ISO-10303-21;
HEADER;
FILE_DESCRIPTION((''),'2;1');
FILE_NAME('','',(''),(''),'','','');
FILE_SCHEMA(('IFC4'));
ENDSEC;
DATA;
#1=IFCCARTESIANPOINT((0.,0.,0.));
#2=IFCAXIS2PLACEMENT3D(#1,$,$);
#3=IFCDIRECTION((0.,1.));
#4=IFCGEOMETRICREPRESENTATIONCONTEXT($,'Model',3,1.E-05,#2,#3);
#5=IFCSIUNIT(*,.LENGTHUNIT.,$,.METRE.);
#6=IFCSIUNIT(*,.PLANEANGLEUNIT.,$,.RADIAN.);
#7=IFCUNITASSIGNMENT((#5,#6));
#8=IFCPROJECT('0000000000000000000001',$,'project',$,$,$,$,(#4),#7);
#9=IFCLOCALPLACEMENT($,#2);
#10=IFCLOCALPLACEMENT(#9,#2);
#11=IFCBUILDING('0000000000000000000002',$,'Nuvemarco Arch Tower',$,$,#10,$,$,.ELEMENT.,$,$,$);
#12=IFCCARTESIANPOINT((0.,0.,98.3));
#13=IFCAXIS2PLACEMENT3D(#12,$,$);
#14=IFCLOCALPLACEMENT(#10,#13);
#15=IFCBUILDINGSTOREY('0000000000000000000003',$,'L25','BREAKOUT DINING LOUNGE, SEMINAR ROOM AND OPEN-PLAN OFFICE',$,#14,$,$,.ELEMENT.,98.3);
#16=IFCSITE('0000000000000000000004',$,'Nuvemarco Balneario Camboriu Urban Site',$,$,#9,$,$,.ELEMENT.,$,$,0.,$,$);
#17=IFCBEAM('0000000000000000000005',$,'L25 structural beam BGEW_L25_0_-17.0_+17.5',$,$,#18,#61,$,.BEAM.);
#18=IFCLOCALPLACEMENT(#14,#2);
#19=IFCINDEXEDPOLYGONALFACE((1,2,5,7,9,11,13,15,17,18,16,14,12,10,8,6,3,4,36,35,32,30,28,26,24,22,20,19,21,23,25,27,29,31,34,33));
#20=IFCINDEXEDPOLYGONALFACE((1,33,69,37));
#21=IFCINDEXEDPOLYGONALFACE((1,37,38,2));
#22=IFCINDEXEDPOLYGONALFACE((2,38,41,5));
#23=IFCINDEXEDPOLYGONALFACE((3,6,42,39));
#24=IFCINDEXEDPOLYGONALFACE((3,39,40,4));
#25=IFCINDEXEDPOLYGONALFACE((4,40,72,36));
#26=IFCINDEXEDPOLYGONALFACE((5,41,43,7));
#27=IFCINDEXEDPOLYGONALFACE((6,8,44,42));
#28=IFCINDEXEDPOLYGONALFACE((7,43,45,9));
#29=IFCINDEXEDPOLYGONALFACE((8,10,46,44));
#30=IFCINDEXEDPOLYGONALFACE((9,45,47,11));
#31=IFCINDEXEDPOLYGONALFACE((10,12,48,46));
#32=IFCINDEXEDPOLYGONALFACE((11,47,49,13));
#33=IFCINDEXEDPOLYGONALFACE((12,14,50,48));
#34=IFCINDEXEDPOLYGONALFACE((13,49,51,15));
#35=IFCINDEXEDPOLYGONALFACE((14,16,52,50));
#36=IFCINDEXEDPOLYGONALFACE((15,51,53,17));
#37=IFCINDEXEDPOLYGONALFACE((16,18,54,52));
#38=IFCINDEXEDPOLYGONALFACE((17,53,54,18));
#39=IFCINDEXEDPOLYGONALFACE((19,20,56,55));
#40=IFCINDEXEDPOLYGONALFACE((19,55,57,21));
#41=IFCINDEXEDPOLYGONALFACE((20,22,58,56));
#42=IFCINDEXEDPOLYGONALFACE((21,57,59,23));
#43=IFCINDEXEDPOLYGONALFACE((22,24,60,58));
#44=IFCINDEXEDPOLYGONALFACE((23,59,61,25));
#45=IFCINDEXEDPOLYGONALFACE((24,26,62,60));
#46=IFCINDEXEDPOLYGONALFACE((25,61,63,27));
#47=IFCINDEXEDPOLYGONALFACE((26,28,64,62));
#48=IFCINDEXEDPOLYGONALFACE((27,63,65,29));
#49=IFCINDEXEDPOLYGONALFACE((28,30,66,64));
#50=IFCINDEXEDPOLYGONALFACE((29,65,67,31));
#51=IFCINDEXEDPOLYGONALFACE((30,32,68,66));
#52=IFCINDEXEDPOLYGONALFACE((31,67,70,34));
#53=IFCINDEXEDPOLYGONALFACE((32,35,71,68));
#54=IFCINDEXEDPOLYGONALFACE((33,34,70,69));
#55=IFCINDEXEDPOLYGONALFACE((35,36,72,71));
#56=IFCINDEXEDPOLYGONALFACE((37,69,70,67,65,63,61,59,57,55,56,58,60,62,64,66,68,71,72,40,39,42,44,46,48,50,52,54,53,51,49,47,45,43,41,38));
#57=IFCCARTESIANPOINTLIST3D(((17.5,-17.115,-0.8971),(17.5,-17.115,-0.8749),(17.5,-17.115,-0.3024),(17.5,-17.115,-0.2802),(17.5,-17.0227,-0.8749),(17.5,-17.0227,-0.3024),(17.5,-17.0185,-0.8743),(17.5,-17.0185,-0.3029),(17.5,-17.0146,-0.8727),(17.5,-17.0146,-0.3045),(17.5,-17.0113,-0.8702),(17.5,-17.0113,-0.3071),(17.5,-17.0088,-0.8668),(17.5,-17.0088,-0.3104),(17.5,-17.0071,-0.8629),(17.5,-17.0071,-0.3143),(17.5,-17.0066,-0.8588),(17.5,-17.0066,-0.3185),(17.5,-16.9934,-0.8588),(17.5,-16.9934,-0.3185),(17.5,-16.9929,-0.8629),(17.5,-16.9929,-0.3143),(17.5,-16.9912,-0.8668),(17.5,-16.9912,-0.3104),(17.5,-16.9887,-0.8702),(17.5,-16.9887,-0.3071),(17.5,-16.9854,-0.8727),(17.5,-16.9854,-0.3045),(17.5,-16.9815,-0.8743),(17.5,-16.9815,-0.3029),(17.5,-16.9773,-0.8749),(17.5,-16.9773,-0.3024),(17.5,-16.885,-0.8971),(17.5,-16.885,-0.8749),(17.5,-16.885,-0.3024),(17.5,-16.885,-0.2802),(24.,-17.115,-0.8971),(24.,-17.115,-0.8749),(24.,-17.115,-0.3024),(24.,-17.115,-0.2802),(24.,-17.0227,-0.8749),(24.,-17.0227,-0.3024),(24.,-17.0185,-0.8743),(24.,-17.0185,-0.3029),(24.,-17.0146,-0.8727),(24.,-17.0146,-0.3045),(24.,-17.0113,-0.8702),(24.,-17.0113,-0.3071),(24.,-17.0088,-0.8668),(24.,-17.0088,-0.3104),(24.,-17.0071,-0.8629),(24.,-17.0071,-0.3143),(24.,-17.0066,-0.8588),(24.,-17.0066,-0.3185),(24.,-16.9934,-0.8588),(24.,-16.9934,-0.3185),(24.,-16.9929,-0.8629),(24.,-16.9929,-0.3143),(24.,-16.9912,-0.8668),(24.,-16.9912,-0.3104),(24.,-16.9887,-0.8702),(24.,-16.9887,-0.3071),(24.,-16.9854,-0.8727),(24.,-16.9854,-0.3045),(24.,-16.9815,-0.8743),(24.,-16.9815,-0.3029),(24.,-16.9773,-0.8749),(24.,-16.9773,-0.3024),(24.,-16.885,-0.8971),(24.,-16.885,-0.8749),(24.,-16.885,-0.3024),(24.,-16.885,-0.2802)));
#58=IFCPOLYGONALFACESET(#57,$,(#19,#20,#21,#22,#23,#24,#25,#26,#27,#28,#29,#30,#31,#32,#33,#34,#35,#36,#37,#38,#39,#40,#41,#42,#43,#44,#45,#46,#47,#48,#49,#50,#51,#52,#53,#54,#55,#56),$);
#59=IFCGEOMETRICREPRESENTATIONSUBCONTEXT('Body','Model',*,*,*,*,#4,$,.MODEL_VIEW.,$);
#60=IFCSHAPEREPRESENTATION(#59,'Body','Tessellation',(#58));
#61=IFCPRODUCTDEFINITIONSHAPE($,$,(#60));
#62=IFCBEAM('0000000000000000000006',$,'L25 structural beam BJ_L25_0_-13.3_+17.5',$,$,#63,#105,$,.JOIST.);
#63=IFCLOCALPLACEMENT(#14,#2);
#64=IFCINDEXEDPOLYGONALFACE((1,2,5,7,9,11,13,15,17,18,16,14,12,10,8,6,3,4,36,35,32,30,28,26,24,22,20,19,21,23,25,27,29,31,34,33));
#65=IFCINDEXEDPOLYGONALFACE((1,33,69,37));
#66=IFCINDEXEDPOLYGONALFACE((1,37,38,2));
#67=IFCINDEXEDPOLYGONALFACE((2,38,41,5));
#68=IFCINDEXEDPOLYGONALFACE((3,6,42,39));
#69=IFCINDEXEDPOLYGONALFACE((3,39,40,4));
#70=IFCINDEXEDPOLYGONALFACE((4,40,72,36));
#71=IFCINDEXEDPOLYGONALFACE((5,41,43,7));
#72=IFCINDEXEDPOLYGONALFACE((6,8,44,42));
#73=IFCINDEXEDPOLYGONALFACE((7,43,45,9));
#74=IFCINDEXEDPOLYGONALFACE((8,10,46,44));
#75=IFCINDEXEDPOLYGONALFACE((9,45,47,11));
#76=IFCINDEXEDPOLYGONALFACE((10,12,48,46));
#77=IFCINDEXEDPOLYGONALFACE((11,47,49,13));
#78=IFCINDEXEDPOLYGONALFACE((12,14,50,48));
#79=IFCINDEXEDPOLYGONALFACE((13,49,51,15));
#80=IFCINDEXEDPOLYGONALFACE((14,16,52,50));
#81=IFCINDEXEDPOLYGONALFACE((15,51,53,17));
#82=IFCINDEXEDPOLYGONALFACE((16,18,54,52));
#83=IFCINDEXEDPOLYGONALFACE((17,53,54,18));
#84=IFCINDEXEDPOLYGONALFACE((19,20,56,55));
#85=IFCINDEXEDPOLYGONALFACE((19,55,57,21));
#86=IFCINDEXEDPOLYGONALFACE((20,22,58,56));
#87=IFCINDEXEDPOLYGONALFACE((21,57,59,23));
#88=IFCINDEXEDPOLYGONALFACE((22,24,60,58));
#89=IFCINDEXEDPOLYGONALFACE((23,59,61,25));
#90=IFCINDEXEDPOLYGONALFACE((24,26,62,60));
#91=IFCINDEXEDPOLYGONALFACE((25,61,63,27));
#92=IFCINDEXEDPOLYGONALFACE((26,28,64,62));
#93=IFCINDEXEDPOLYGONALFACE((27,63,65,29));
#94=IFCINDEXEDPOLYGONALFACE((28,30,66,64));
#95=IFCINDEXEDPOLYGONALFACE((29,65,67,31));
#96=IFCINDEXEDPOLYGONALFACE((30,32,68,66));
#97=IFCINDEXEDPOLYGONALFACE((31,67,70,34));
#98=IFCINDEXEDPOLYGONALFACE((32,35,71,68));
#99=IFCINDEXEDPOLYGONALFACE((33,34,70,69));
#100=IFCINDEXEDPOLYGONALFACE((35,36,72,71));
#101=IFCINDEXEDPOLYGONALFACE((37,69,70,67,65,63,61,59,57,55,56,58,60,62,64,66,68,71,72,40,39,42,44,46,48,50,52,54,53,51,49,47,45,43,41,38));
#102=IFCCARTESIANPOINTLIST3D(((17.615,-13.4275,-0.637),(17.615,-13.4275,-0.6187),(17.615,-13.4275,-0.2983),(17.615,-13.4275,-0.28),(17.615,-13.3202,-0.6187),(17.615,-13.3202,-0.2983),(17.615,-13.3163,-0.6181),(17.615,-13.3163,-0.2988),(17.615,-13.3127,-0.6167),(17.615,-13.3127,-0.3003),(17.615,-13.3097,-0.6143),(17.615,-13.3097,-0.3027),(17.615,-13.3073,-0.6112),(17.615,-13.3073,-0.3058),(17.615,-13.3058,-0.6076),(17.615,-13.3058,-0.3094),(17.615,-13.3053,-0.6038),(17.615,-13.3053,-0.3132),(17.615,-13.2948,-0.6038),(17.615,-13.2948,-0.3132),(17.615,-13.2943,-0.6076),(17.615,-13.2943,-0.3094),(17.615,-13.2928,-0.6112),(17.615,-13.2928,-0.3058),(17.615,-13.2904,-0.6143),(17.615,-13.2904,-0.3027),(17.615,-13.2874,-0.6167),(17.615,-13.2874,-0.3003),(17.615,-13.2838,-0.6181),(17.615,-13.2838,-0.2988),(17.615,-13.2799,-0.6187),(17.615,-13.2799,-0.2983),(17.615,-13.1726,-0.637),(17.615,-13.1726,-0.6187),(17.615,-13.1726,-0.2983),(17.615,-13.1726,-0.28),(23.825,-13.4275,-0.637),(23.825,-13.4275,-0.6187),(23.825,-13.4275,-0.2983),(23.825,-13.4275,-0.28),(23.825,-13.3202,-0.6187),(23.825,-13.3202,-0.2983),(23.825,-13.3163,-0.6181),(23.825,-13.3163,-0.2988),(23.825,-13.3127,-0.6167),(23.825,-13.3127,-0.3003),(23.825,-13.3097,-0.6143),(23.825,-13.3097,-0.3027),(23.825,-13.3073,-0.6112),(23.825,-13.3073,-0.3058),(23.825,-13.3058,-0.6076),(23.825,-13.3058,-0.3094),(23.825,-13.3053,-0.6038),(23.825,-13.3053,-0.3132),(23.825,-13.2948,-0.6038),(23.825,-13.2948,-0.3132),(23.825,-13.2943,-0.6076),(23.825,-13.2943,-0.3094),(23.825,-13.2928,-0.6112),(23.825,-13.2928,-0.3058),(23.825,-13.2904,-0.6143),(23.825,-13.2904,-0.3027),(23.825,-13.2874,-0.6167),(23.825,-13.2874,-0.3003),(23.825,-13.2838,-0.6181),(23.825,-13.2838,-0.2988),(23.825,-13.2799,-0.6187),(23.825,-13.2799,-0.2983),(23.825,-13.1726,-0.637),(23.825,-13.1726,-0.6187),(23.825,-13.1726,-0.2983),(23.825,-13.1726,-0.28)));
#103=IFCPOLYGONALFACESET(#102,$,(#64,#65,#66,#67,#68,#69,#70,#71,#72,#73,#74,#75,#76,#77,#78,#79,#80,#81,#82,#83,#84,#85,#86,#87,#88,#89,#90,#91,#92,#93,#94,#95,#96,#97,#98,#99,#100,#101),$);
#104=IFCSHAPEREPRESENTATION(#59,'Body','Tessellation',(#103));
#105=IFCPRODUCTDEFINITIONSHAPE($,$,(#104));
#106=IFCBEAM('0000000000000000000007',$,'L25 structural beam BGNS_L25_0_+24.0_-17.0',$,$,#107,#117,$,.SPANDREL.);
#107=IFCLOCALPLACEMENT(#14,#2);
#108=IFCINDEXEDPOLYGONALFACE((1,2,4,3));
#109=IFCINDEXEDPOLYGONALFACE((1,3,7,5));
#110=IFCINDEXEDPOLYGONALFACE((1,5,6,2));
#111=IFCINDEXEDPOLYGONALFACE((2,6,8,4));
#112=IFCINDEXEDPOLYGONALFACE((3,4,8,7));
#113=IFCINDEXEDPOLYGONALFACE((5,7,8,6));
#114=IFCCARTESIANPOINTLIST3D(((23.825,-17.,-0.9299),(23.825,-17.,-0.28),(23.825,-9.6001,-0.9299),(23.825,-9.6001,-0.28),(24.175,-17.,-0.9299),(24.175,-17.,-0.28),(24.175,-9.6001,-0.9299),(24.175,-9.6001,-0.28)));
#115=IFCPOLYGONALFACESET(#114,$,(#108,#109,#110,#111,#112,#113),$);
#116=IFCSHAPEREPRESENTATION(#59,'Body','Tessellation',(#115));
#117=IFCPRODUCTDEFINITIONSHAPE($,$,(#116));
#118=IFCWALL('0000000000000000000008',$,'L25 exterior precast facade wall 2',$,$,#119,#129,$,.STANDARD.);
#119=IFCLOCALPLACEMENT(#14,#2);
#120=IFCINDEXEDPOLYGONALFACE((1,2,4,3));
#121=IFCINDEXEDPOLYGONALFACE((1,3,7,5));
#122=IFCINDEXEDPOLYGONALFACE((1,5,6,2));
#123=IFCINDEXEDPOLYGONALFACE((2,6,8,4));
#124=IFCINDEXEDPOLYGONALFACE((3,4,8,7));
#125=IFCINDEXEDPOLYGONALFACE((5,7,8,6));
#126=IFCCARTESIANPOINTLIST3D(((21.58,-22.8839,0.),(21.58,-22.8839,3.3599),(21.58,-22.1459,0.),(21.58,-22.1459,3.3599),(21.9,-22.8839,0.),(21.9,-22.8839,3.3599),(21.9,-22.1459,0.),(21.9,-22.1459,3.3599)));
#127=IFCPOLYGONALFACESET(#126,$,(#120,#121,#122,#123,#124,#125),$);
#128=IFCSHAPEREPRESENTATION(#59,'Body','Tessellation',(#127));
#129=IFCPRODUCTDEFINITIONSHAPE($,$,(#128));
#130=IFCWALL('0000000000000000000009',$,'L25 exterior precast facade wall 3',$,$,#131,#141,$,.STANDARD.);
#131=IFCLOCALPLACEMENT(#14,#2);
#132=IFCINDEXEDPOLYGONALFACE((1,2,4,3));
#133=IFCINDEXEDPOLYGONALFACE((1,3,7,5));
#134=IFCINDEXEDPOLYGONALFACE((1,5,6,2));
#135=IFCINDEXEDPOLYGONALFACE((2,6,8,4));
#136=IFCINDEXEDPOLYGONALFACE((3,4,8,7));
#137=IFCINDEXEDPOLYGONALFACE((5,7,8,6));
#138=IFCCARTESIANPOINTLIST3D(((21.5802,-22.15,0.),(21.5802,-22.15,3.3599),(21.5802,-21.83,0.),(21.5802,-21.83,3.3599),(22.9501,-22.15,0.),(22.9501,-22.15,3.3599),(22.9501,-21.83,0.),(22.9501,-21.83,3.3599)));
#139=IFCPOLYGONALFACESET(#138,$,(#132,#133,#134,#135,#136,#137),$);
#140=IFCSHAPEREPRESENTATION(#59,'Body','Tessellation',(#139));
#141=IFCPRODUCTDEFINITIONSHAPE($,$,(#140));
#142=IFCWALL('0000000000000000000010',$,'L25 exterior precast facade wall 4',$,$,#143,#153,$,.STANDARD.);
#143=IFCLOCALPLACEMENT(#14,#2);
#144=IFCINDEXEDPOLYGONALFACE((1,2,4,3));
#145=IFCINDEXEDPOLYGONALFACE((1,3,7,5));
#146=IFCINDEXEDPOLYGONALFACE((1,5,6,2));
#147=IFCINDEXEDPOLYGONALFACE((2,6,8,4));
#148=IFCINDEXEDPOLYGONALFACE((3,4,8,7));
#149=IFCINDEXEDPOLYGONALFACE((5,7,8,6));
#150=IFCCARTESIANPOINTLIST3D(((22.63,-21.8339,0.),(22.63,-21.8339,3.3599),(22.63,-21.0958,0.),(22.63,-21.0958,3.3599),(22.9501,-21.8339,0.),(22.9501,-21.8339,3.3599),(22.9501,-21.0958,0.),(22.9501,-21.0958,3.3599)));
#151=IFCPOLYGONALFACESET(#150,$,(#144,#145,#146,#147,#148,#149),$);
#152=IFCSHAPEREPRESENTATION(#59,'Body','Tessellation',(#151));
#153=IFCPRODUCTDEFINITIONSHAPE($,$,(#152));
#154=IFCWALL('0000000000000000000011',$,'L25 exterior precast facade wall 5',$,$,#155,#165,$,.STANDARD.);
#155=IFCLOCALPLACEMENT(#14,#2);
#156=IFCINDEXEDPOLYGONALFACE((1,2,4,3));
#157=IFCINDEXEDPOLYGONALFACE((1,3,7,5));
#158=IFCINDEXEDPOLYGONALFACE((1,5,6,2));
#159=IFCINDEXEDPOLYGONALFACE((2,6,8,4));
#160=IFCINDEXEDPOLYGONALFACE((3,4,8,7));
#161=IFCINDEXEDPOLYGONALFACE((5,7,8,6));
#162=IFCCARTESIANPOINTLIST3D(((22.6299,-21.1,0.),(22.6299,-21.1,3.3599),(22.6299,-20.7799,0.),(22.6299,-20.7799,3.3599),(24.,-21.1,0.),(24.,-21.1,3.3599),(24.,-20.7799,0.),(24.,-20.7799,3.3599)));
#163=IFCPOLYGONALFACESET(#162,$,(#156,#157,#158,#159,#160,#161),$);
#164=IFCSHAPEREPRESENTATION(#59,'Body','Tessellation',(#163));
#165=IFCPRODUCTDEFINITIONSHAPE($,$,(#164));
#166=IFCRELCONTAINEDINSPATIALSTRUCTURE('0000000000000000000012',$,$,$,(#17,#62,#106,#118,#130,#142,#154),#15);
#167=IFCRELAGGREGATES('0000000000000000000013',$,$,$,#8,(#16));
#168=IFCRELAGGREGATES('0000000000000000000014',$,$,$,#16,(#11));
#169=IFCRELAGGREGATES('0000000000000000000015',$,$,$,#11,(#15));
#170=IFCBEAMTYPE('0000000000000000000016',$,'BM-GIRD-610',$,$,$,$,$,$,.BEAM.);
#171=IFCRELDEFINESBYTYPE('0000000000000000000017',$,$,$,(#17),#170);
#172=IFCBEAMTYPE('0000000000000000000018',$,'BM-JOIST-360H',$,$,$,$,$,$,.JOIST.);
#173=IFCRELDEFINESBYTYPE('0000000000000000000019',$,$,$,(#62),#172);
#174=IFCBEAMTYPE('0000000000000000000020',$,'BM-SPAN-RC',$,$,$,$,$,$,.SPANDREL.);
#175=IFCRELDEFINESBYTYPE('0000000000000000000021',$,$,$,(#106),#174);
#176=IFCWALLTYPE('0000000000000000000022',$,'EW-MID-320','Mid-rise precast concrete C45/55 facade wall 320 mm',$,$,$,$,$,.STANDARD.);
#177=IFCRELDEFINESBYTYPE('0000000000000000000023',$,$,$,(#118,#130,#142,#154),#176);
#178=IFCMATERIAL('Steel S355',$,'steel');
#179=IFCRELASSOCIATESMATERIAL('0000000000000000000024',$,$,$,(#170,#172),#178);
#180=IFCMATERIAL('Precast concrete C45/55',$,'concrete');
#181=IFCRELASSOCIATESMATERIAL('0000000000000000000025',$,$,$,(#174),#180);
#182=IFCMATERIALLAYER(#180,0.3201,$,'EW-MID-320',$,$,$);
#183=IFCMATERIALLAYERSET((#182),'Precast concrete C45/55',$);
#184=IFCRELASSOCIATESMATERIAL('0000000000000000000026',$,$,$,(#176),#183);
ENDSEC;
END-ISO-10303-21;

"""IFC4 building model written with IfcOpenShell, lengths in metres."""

from ifc_helpers import new_model, si_unit, direction, frame, frame_2d, origin, origin_2d, place, context, subcontext, project, spatial, rectangle, i_section, extrude, material, layer, layer_set, material_profile, profile_set, type_object, element, save


model = new_model("IFC4")

# Units and contexts
model_context = context("Model", 3, precision=1e-05, world=origin(), true_north=direction((0.0, 1.0)))
body_context = subcontext(model_context, "Body", "Model", "MODEL_VIEW")
ifc_project = project(units=[si_unit("LENGTHUNIT", "METRE"), si_unit("PLANEANGLEUNIT", "RADIAN")], contexts=[model_context])

# Site, building, storey
site_placement = place(None, origin())
site = spatial("IfcSite", under=ifc_project, at=site_placement, Name="Nuvemarco Balneario Camboriu Urban Site", CompositionType="ELEMENT", RefElevation=0.0)
building_placement = place(site_placement, origin())
building = spatial("IfcBuilding", under=site, at=building_placement, Name="Nuvemarco Arch Tower", CompositionType="ELEMENT")
storey_placement = place(building_placement, frame((0.0, 0.0, 98.3)))
storey = spatial("IfcBuildingStorey", under=building, at=storey_placement, Name="L25", Description="BREAKOUT DINING LOUNGE, SEMINAR ROOM AND OPEN-PLAN OFFICE", CompositionType="ELEMENT", Elevation=98.3)

# Shared definitions
ifc_material_1 = material(Name="Steel S355", Category="steel")

# Beams
ifc_material_profile_1 = material_profile(ifc_material_1, i_section(OverallWidth=0.23, OverallDepth=0.6169, WebThickness=0.0132, FlangeThickness=0.0222, FilletRadius=0.0161, at=origin_2d()), Name="W610x140")
ifc_profile_set_1 = profile_set([ifc_material_profile_1], Name="Steel S355")
beam_type_1 = type_object("IfcBeamType", Name="BM-GIRD-610", PredefinedType="BEAM", material=ifc_profile_set_1)
beam_1_placement = place(storey_placement, frame((17.5, -17.0, -0.5886), z_axis=(1.0, 0.0, 0.0), x_axis=(0.0, 1.0, 0.0)))
element("IfcBeam", 1, at=beam_1_placement, inside=storey, type_object=beam_type_1, Name="L25 structural beam BGEW_L25_0_-17.0_+17.5", PredefinedType="BEAM", context=body_context, shape_type="SweptSolid", body=[
    extrude(i_section(OverallWidth=0.23, OverallDepth=0.6169, WebThickness=0.0132, FlangeThickness=0.0222, FilletRadius=0.0161, at=origin_2d()), origin(), (0.0, 0.0, 1.0), 6.5),
])
ifc_material_profile_2 = material_profile(ifc_material_1, i_section(OverallWidth=0.2549, OverallDepth=0.3569, WebThickness=0.0105, FlangeThickness=0.0183, FilletRadius=0.0149, at=origin_2d()), Name="W360x101")
ifc_profile_set_2 = profile_set([ifc_material_profile_2], Name="Steel S355")
beam_type_2 = type_object("IfcBeamType", Name="BM-JOIST-360H", PredefinedType="JOIST", material=ifc_profile_set_2)
beam_2_placement = place(storey_placement, frame((17.615, -13.3, -0.4585), z_axis=(1.0, 0.0, 0.0), x_axis=(0.0, 1.0, 0.0)))
element("IfcBeam", 2, at=beam_2_placement, inside=storey, type_object=beam_type_2, Name="L25 structural beam BJ_L25_0_-13.3_+17.5", PredefinedType="JOIST", context=body_context, shape_type="SweptSolid", body=[
    extrude(i_section(OverallWidth=0.2549, OverallDepth=0.3569, WebThickness=0.0105, FlangeThickness=0.0183, FilletRadius=0.0149, at=origin_2d()), origin(), (0.0, 0.0, 1.0), 6.21),
])
ifc_material_2 = material(Name="Precast concrete C45/55", Category="concrete")
ifc_material_profile_3 = material_profile(ifc_material_2, rectangle(XDim=0.3501, YDim=0.6499, at=origin_2d()), Name="PC-SP-350x650")
ifc_profile_set_3 = profile_set([ifc_material_profile_3], Name="Precast concrete C45/55")
beam_type_3 = type_object("IfcBeamType", Name="BM-SPAN-RC", PredefinedType="SPANDREL", material=ifc_profile_set_3)
beam_3_placement = place(storey_placement, frame((24.0, -17.0, -0.605), z_axis=(0.0, 1.0, 0.0), x_axis=(-1.0, 0.0, 0.0)))
element("IfcBeam", 3, at=beam_3_placement, inside=storey, type_object=beam_type_3, Name="L25 structural beam BGNS_L25_0_+24.0_-17.0", PredefinedType="SPANDREL", context=body_context, shape_type="SweptSolid", body=[
    extrude(rectangle(XDim=0.3501, YDim=0.6499, at=origin_2d()), origin(), (0.0, 0.0, 1.0), 7.3999),
])

# Walls
ifc_layer_1 = layer(ifc_material_2, 0.3201, Name="EW-MID-320")
ifc_layer_set_1 = layer_set([ifc_layer_1], Name="Precast concrete C45/55")
wall_type_1 = type_object("IfcWallType", Name="EW-MID-320", Description="Mid-rise precast concrete C45/55 facade wall 320 mm", PredefinedType="STANDARD", material=ifc_layer_set_1)
wall_1_placement = place(storey_placement, frame((21.74, -22.884, 0.0), z_axis=(0.0, 0.0, 1.0), x_axis=(0.0, 1.0, 0.0)))
element("IfcWall", 4, at=wall_1_placement, inside=storey, type_object=wall_type_1, Name="L25 exterior precast facade wall 2", PredefinedType="STANDARD", context=body_context, shape_type="SweptSolid", body=[
    extrude(rectangle(XDim=0.738, YDim=0.3201, at=frame_2d((0.3691, 0.0))), origin(), (0.0, 0.0, 1.0), 3.3599),
])
wall_2_placement = place(storey_placement, frame((21.5801, -21.99, 0.0), z_axis=(0.0, 0.0, 1.0), x_axis=(1.0, 0.0, 0.0)))
element("IfcWall", 5, at=wall_2_placement, inside=storey, type_object=wall_type_1, Name="L25 exterior precast facade wall 3", PredefinedType="STANDARD", context=body_context, shape_type="SweptSolid", body=[
    extrude(rectangle(XDim=1.3699, YDim=0.3201, at=frame_2d((0.6851, 0.0))), origin(), (0.0, 0.0, 1.0), 3.3599),
])
wall_3_placement = place(storey_placement, frame((22.79, -21.834, 0.0), z_axis=(0.0, 0.0, 1.0), x_axis=(0.0, 1.0, 0.0)))
element("IfcWall", 6, at=wall_3_placement, inside=storey, type_object=wall_type_1, Name="L25 exterior precast facade wall 4", PredefinedType="STANDARD", context=body_context, shape_type="SweptSolid", body=[
    extrude(rectangle(XDim=0.738, YDim=0.3201, at=frame_2d((0.3691, 0.0))), origin(), (0.0, 0.0, 1.0), 3.3599),
])
wall_4_placement = place(storey_placement, frame((22.6299, -20.9399, 0.0), z_axis=(0.0, 0.0, 1.0), x_axis=(1.0, 0.0, 0.0)))
element("IfcWall", 7, at=wall_4_placement, inside=storey, type_object=wall_type_1, Name="L25 exterior precast facade wall 5", PredefinedType="STANDARD", context=body_context, shape_type="SweptSolid", body=[
    extrude(rectangle(XDim=1.3701, YDim=0.3201, at=frame_2d((0.6851, 0.0))), origin(), (0.0, 0.0, 1.0), 3.3599),
])

save(model, "model.ifc")
